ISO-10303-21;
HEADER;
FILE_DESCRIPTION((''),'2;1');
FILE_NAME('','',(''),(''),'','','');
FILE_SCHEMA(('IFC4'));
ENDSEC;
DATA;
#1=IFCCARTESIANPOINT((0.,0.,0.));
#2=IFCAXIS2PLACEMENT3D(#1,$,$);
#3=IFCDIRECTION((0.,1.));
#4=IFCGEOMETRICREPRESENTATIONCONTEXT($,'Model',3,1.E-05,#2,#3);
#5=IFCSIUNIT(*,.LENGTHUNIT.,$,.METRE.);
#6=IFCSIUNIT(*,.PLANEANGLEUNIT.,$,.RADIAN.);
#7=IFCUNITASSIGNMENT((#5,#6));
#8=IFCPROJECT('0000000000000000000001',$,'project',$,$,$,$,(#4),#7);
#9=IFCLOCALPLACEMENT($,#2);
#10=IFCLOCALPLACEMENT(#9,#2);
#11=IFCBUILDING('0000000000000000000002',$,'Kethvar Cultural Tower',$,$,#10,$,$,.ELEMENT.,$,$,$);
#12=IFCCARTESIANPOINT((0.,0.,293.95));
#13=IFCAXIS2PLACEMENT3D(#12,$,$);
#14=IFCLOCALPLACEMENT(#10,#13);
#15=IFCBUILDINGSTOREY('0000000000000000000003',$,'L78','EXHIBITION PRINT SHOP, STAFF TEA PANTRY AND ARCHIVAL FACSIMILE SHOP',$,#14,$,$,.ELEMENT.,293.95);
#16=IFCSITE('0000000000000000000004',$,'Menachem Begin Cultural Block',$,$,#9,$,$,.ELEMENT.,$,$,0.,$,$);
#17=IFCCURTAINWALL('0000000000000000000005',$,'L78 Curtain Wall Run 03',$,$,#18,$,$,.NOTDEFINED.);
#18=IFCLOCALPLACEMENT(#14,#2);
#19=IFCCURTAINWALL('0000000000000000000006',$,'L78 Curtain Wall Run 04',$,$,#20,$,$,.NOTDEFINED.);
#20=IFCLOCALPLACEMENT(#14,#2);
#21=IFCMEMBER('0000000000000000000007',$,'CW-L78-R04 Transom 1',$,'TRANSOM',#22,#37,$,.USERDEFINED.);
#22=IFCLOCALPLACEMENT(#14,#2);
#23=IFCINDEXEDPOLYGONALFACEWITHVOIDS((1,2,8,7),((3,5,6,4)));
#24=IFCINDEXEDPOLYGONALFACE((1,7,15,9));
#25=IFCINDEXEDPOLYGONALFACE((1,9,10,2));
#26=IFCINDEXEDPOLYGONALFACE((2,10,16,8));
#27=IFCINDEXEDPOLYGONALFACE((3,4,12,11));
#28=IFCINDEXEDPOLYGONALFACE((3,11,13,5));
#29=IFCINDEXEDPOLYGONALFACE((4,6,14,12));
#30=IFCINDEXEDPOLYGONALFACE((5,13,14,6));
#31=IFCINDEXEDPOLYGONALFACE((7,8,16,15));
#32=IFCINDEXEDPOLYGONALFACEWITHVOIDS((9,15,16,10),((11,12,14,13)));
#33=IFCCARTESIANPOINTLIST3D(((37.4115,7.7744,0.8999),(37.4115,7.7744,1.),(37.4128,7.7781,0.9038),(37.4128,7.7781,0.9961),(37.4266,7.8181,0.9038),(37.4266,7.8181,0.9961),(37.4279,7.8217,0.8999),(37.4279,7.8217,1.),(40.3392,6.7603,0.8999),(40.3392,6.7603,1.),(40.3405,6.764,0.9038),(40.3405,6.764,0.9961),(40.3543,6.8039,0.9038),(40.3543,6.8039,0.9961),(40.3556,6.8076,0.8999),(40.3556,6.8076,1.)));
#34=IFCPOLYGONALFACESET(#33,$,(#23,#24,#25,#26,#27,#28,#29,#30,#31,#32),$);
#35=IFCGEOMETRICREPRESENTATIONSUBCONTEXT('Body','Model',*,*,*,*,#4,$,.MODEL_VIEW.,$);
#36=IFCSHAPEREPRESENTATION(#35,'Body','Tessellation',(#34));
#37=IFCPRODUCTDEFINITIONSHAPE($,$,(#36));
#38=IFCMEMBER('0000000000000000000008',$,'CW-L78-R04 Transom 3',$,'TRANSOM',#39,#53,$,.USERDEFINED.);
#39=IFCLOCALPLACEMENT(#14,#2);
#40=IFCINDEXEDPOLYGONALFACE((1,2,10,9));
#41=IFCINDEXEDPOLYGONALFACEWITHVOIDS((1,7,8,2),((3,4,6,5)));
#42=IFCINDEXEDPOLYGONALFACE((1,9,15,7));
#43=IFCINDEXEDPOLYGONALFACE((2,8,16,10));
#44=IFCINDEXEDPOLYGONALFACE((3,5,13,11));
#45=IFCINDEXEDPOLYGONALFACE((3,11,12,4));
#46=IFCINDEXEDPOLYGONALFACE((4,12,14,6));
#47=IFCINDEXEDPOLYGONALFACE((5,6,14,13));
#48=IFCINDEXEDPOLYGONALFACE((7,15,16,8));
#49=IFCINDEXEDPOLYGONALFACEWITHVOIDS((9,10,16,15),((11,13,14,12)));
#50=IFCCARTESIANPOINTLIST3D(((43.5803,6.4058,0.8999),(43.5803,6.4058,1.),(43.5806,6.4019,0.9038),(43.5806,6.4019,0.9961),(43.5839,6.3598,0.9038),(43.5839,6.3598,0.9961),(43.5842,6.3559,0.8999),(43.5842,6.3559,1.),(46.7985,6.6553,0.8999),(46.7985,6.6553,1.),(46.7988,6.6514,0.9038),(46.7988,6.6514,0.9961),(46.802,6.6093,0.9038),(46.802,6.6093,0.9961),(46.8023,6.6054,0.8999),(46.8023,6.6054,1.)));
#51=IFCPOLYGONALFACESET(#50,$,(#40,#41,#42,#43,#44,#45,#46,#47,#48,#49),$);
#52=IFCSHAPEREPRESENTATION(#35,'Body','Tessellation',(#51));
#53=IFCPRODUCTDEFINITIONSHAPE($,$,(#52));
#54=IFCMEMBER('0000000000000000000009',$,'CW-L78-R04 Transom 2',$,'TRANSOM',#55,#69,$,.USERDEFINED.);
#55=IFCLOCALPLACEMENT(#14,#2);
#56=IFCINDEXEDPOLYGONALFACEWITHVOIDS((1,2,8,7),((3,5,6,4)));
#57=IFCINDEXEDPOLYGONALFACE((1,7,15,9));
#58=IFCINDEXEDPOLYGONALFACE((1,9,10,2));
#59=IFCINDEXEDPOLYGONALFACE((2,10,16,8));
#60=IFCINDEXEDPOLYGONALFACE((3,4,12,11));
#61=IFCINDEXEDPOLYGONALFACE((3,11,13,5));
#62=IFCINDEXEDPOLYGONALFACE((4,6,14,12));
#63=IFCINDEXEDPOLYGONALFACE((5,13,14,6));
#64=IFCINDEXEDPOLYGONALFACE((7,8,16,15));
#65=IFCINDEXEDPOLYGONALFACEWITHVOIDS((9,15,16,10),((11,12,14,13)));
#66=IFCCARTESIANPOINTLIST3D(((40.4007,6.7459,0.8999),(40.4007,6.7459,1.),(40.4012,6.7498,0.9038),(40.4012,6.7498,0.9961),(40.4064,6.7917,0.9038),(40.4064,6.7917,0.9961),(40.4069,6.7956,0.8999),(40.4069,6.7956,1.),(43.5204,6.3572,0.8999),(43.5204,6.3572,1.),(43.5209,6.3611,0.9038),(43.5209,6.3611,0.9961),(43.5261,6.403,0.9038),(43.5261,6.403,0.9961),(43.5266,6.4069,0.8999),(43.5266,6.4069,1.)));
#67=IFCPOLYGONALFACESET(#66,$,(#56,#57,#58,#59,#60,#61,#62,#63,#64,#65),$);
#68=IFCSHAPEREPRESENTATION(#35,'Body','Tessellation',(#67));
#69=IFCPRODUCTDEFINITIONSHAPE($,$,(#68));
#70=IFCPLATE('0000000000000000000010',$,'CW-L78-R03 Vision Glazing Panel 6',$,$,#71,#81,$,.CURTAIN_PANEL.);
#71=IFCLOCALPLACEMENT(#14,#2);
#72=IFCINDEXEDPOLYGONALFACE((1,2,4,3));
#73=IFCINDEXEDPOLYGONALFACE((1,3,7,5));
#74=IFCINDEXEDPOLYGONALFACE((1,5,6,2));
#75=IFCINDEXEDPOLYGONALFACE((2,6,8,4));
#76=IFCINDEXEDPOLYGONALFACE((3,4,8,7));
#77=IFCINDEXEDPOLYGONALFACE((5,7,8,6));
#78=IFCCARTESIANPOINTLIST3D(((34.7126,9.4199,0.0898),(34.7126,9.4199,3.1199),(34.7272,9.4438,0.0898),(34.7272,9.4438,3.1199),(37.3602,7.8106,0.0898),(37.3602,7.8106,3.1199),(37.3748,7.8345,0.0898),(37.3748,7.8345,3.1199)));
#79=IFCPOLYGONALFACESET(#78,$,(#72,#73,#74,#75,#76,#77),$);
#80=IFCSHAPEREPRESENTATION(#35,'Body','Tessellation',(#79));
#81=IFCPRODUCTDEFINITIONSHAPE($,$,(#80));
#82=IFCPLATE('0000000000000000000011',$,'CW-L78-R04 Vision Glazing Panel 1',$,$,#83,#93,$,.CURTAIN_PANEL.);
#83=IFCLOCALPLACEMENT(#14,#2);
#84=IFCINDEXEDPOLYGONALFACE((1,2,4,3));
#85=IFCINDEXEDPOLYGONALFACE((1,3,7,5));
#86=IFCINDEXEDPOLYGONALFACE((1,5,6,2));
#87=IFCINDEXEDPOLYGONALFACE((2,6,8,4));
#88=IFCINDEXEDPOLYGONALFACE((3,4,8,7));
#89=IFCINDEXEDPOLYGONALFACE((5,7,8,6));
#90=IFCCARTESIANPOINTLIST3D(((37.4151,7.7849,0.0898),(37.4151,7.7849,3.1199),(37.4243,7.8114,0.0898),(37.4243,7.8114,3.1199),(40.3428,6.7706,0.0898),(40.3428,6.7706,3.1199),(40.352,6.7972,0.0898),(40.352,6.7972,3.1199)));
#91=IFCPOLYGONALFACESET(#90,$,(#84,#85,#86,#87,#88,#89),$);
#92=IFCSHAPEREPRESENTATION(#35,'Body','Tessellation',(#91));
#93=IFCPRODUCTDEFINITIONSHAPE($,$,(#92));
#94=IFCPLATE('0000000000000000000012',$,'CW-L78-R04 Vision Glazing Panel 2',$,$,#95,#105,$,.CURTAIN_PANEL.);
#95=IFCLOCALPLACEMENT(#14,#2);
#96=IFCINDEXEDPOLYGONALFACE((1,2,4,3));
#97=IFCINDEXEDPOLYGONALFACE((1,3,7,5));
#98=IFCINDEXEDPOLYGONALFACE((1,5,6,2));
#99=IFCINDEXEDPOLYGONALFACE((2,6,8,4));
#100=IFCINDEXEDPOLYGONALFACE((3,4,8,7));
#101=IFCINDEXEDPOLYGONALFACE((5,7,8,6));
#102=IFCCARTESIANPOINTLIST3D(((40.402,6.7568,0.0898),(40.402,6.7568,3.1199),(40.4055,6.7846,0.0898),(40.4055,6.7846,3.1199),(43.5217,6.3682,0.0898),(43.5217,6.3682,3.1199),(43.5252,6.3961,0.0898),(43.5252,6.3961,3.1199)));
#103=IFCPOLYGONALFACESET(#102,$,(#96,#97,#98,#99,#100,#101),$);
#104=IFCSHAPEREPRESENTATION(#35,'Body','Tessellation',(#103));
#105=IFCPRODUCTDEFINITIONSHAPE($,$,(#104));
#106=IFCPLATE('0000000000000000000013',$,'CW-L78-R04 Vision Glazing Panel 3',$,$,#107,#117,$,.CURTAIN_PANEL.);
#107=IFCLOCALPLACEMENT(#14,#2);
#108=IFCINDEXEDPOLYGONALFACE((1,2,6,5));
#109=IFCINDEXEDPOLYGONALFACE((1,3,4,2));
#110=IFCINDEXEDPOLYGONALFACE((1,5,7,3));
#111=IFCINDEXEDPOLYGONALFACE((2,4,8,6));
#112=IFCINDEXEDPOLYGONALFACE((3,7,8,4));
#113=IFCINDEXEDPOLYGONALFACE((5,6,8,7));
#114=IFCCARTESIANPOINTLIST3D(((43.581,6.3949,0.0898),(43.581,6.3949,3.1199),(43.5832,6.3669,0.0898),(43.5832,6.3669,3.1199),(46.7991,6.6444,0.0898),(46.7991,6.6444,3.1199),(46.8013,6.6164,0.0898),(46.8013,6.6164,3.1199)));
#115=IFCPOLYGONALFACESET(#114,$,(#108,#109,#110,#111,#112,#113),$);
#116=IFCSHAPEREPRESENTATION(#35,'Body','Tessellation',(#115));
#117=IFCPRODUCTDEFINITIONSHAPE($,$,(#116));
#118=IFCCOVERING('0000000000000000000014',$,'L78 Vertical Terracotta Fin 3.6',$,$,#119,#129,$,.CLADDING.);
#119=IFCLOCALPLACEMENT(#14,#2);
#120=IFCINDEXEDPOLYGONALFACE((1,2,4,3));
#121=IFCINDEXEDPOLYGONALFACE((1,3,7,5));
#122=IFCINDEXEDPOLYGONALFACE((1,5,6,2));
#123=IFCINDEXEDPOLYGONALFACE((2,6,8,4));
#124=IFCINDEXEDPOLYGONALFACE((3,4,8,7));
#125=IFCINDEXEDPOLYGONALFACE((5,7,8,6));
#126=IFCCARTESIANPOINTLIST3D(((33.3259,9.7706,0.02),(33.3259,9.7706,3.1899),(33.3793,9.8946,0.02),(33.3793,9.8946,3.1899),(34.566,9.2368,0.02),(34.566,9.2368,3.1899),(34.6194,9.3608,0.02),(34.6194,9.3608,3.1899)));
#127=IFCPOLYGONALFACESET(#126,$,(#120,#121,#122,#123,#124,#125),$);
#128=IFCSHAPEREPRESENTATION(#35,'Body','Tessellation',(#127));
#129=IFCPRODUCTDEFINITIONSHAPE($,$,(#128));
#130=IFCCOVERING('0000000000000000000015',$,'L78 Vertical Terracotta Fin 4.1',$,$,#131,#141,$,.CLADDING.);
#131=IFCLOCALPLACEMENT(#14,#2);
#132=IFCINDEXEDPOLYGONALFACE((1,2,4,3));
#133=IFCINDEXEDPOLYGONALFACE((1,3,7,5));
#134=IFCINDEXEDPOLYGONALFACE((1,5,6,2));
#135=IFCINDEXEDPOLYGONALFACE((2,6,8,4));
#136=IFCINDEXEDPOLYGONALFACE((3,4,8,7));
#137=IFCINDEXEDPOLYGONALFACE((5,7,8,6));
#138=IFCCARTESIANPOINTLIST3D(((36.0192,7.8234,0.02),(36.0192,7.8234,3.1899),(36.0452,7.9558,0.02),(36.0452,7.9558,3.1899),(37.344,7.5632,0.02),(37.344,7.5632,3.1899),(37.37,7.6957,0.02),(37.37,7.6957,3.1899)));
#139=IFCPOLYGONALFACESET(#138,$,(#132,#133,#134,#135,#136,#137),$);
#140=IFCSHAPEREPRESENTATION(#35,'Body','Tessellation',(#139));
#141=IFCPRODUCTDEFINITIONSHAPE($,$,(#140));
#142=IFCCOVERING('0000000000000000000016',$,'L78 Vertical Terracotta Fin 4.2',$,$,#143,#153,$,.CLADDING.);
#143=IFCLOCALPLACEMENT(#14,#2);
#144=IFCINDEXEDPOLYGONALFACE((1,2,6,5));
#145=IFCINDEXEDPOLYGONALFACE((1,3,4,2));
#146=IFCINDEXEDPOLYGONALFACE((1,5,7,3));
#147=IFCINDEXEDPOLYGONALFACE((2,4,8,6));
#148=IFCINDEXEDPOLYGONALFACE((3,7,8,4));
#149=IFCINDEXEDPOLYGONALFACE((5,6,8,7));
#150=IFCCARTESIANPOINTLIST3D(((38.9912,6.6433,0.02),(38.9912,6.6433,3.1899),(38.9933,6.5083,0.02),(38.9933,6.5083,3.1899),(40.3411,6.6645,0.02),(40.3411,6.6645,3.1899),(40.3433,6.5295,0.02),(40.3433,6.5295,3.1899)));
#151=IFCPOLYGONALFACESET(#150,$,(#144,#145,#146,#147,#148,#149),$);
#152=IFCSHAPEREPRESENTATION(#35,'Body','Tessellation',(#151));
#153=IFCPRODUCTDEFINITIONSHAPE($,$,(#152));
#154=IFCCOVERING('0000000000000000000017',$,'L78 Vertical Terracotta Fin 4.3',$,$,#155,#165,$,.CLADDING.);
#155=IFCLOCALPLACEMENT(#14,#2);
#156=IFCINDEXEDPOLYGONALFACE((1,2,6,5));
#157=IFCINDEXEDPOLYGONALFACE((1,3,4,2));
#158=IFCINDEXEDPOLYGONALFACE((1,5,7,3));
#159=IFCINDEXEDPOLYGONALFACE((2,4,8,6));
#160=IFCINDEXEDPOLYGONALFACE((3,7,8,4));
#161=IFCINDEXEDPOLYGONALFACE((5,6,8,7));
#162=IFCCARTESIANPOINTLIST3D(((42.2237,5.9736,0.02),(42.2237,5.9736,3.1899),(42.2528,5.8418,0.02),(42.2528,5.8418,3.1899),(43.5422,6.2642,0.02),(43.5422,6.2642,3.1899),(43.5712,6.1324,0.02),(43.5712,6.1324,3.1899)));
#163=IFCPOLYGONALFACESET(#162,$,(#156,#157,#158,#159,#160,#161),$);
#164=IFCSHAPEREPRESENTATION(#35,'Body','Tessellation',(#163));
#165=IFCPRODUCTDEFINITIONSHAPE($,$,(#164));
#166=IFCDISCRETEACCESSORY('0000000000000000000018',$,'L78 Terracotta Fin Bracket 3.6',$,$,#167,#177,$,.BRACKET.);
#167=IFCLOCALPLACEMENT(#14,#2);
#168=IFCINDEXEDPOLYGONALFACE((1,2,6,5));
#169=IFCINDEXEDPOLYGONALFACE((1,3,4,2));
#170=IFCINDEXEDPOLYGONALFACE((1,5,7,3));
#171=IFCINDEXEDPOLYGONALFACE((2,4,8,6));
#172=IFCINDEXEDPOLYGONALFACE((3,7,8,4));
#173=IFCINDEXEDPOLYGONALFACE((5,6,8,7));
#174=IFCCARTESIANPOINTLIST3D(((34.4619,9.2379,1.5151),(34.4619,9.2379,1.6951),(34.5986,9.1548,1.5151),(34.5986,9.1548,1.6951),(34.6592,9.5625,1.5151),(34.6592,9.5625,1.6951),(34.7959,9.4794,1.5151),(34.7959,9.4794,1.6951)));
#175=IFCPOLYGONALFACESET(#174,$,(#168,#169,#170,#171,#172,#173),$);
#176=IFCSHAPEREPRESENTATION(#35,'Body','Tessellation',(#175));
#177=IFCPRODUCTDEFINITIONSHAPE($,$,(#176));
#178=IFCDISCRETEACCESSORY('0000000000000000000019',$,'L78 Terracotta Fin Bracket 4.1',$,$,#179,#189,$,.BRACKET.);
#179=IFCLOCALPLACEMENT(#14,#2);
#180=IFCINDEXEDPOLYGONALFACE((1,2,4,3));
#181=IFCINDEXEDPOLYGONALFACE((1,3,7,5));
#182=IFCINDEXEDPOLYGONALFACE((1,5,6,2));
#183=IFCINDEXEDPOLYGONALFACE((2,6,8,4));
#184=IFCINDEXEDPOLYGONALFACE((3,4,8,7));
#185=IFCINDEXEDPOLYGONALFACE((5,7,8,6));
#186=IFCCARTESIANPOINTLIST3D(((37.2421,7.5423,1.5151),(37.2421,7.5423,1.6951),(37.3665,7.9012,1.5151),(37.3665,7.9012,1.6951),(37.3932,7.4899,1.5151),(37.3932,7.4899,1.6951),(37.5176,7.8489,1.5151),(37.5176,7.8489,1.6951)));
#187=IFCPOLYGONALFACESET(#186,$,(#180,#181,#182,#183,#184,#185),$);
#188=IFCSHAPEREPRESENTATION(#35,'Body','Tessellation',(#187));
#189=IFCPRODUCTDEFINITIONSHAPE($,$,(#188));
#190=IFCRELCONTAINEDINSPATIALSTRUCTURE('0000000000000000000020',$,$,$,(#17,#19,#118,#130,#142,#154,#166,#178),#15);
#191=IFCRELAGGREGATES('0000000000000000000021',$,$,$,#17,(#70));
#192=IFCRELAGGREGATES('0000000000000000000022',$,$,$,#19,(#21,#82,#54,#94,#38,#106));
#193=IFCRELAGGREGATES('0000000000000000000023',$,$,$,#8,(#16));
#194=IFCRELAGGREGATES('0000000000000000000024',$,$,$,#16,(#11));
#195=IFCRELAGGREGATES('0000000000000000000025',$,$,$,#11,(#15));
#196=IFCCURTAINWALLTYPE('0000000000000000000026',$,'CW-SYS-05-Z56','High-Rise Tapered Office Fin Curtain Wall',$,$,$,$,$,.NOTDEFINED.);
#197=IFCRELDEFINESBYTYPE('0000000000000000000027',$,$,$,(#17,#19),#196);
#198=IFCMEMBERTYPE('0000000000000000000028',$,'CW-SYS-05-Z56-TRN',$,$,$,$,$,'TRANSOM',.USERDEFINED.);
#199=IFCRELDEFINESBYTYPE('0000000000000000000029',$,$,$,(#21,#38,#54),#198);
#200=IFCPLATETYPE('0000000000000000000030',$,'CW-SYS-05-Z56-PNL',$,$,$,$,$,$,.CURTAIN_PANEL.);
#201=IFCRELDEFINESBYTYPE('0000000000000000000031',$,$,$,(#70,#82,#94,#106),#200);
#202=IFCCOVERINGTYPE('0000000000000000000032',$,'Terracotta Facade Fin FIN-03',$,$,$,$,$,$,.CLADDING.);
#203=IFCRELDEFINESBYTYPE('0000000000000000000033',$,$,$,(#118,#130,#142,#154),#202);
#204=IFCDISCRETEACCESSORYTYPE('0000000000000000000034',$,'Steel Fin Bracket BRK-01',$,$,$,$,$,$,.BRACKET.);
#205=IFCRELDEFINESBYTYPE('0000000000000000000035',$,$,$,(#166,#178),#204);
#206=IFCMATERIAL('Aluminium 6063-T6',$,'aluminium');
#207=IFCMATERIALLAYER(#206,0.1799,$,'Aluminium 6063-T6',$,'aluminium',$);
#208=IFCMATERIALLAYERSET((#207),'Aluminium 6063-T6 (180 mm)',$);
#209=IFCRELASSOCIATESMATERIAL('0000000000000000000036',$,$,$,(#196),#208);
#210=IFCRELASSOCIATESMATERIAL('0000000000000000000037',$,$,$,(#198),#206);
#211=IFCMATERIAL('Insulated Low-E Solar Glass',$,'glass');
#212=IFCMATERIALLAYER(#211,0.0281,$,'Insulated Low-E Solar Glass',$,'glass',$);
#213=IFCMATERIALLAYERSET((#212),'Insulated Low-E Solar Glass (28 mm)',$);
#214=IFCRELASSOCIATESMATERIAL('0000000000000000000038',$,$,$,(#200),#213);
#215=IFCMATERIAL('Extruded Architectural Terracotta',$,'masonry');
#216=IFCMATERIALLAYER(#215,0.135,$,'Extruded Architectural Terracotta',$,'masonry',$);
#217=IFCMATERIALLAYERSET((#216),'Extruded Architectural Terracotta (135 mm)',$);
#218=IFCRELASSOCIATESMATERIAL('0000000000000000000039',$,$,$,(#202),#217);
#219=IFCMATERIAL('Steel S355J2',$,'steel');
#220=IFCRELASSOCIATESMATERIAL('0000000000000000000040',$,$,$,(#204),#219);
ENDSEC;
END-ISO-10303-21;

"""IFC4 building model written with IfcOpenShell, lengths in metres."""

from ifc_helpers import new_model, si_unit, direction, frame, origin, origin_2d, place, context, subcontext, project, spatial, rectangle, hollow_rectangle, extrude, source, transform, mapped, material, layer, layer_set, material_profile, profile_set, type_object, element, aggregate, save


model = new_model("IFC4")

# Units and contexts
model_context = context("Model", 3, precision=1e-05, world=origin(), true_north=direction((0.0, 1.0)))
body_context = subcontext(model_context, "Body", "Model", "MODEL_VIEW")
ifc_project = project(units=[si_unit("LENGTHUNIT", "METRE"), si_unit("PLANEANGLEUNIT", "RADIAN")], contexts=[model_context])

# Site, building, storey
site_placement = place(None, origin())
site = spatial("IfcSite", under=ifc_project, at=site_placement, Name="Menachem Begin Cultural Block", CompositionType="ELEMENT", RefElevation=0.0)
building_placement = place(site_placement, origin())
building = spatial("IfcBuilding", under=site, at=building_placement, Name="Kethvar Cultural Tower", CompositionType="ELEMENT")
storey_placement = place(building_placement, frame((0.0, 0.0, 293.95)))
storey = spatial("IfcBuildingStorey", under=building, at=storey_placement, Name="L78", Description="EXHIBITION PRINT SHOP, STAFF TEA PANTRY AND ARCHIVAL FACSIMILE SHOP", CompositionType="ELEMENT", Elevation=293.95)

# Shared definitions
ifc_material_1 = material(Name="Steel S355J2", Category="steel")

# Curtain walls
ifc_material_2 = material(Name="Aluminium 6063-T6", Category="aluminium")
ifc_layer_1 = layer(ifc_material_2, 0.1799, Name="Aluminium 6063-T6", Category="aluminium")
ifc_layer_set_1 = layer_set([ifc_layer_1], Name="Aluminium 6063-T6 (180 mm)")
curtain_wall_type = type_object("IfcCurtainWallType", Name="CW-SYS-05-Z56", Description="High-Rise Tapered Office Fin Curtain Wall", PredefinedType="NOTDEFINED", material=ifc_layer_set_1)
curtain_wall_1_placement = place(storey_placement, origin())
curtain_wall_1 = element("IfcCurtainWall", 1, at=curtain_wall_1_placement, inside=storey, type_object=curtain_wall_type, Name="L78 Curtain Wall Run 03", PredefinedType="NOTDEFINED")
curtain_wall_2_placement = place(storey_placement, origin())
curtain_wall_2 = element("IfcCurtainWall", 2, at=curtain_wall_2_placement, inside=storey, type_object=curtain_wall_type, Name="L78 Curtain Wall Run 04", PredefinedType="NOTDEFINED")

# Members
ifc_material_profile_1 = material_profile(ifc_material_2, hollow_rectangle(XDim=0.05, YDim=0.1001, WallThickness=0.0039, at=origin_2d()), Name="Aluminium 6063-T6 — RHS100x50x4")
ifc_profile_set_1 = profile_set([ifc_material_profile_1], Name="Aluminium 6063-T6 — RHS100x50x4")
member_type_1 = type_object("IfcMemberType", Name="CW-SYS-05-Z56-TRN", ElementType="TRANSOM", PredefinedType="USERDEFINED", material=ifc_profile_set_1)
shared_shape_1 = source(origin(), body_context, "Body", "SweptSolid", [
    extrude(hollow_rectangle(XDim=0.05, YDim=0.1001, WallThickness=0.0039, at=origin_2d()), origin(), (0.0, 0.0, 1.0), 3.0984),
])
member_1_placement = place(storey_placement, frame((37.4197, 7.7981, 0.95), z_axis=(0.944915, -0.327316, 0.0), x_axis=(0.327316, 0.944915, 0.0)))
member_1 = element("IfcMember", 3, at=member_1_placement, type_object=member_type_1, Name="CW-L78-R04 Transom 1", ObjectType="TRANSOM", PredefinedType="USERDEFINED", context=body_context, shape_type="MappedRepresentation", body=[
    mapped(shared_shape_1, transform((0.0, 0.0, 0.0), scale=1.0)),
])
shared_shape_2 = source(origin(), body_context, "Body", "SweptSolid", [
    extrude(hollow_rectangle(XDim=0.05, YDim=0.1001, WallThickness=0.0039, at=origin_2d()), origin(), (0.0, 0.0, 1.0), 3.2278),
])
member_2_placement = place(storey_placement, frame((43.5823, 6.3809, 0.95), z_axis=(0.997008, 0.077304, 0.0), x_axis=(-0.077304, 0.997008, 0.0)))
member_2 = element("IfcMember", 4, at=member_2_placement, type_object=member_type_1, Name="CW-L78-R04 Transom 3", ObjectType="TRANSOM", PredefinedType="USERDEFINED", context=body_context, shape_type="MappedRepresentation", body=[
    mapped(shared_shape_2, transform((0.0, 0.0, 0.0), scale=1.0)),
])
shared_shape_3 = source(origin(), body_context, "Body", "SweptSolid", [
    extrude(hollow_rectangle(XDim=0.05, YDim=0.1001, WallThickness=0.0039, at=origin_2d()), origin(), (0.0, 0.0, 1.0), 3.1438),
])
member_3_placement = place(storey_placement, frame((40.4038, 6.7708, 0.95), z_axis=(0.992328, -0.123633, 0.0), x_axis=(0.123633, 0.992328, 0.0)))
member_3 = element("IfcMember", 5, at=member_3_placement, type_object=member_type_1, Name="CW-L78-R04 Transom 2", ObjectType="TRANSOM", PredefinedType="USERDEFINED", context=body_context, shape_type="MappedRepresentation", body=[
    mapped(shared_shape_3, transform((0.0, 0.0, 0.0), scale=1.0)),
])

# Plates
ifc_material_3 = material(Name="Insulated Low-E Solar Glass", Category="glass")
ifc_layer_2 = layer(ifc_material_3, 0.0281, Name="Insulated Low-E Solar Glass", Category="glass")
ifc_layer_set_2 = layer_set([ifc_layer_2], Name="Insulated Low-E Solar Glass (28 mm)")
plate_type = type_object("IfcPlateType", Name="CW-SYS-05-Z56-PNL", PredefinedType="CURTAIN_PANEL", material=ifc_layer_set_2)
shared_shape_4 = source(origin(), body_context, "Body", "SweptSolid", [
    extrude(rectangle(XDim=3.0984, YDim=0.0281, at=origin_2d()), origin(), (0.0, 0.0, 1.0), 3.03),
])
plate_1_placement = place(storey_placement, frame((36.0437, 8.6272, 0.0898), z_axis=(0.0, 0.0, 1.0), x_axis=(0.854531, -0.5194, 0.0)))
plate_1 = element("IfcPlate", 6, at=plate_1_placement, type_object=plate_type, Name="CW-L78-R03 Vision Glazing Panel 6", PredefinedType="CURTAIN_PANEL", context=body_context, shape_type="MappedRepresentation", body=[
    mapped(shared_shape_4, transform((0.0, 0.0, 0.0), scale=1.0)),
])
aggregate(curtain_wall_1, [plate_1])
plate_2_placement = place(storey_placement, frame((38.8835, 7.291, 0.0898), z_axis=(0.0, 0.0, 1.0), x_axis=(0.944903, -0.32735, 0.0)))
plate_2 = element("IfcPlate", 7, at=plate_2_placement, type_object=plate_type, Name="CW-L78-R04 Vision Glazing Panel 1", PredefinedType="CURTAIN_PANEL", context=body_context, shape_type="MappedRepresentation", body=[
    mapped(shared_shape_4, transform((0.0, 0.0, 0.0), scale=1.0)),
])
shared_shape_5 = source(origin(), body_context, "Body", "SweptSolid", [
    extrude(rectangle(XDim=3.1438, YDim=0.0281, at=origin_2d()), origin(), (0.0, 0.0, 1.0), 3.03),
])
plate_3_placement = place(storey_placement, frame((41.9636, 6.5764, 0.0898), z_axis=(0.0, 0.0, 1.0), x_axis=(0.992332, -0.123601, 0.0)))
plate_3 = element("IfcPlate", 8, at=plate_3_placement, type_object=plate_type, Name="CW-L78-R04 Vision Glazing Panel 2", PredefinedType="CURTAIN_PANEL", context=body_context, shape_type="MappedRepresentation", body=[
    mapped(shared_shape_5, transform((0.0, 0.0, 0.0), scale=1.0)),
])
shared_shape_6 = source(origin(), body_context, "Body", "SweptSolid", [
    extrude(rectangle(XDim=3.2278, YDim=0.0281, at=origin_2d()), origin(), (0.0, 0.0, 1.0), 3.03),
])
plate_4_placement = place(storey_placement, frame((45.1912, 6.5056, 0.0898), z_axis=(0.0, 0.0, 1.0), x_axis=(0.997008, 0.077293, 0.0)))
plate_4 = element("IfcPlate", 9, at=plate_4_placement, type_object=plate_type, Name="CW-L78-R04 Vision Glazing Panel 3", PredefinedType="CURTAIN_PANEL", context=body_context, shape_type="MappedRepresentation", body=[
    mapped(shared_shape_6, transform((0.0, 0.0, 0.0), scale=1.0)),
])
aggregate(curtain_wall_2, [member_1, plate_2, member_3, plate_3, member_2, plate_4])

# Coverings
ifc_material_4 = material(Name="Extruded Architectural Terracotta", Category="masonry")
ifc_layer_3 = layer(ifc_material_4, 0.135, Name="Extruded Architectural Terracotta", Category="masonry")
ifc_layer_set_3 = layer_set([ifc_layer_3], Name="Extruded Architectural Terracotta (135 mm)")
covering_type = type_object("IfcCoveringType", Name="Terracotta Facade Fin FIN-03", PredefinedType="CLADDING", material=ifc_layer_set_3)
shared_shape_7 = source(origin(), body_context, "Body", "SweptSolid", [
    extrude(rectangle(XDim=1.3501, YDim=0.135, at=origin_2d()), origin(), (0.0, 0.0, 1.0), 3.1699),
])
for number, where, z_axis, x_axis, name in (
    (10, (33.9727, 9.5657, 0.02), (0.0, 0.0, 1.0), (-0.918515, 0.395385, 0.0), "L78 Vertical Terracotta Fin 3.6"),
    (11, (36.6946, 7.7595, 0.02), (0.0, 0.0, 1.0), (-0.981259, 0.192693, 0.0), "L78 Vertical Terracotta Fin 4.1"),
    (12, (39.6672, 6.5864, 0.02), (0.0, 0.0, 1.0), (-0.999877, -0.015707, 0.0), "L78 Vertical Terracotta Fin 4.2"),
    (13, (42.8975, 6.053, 0.02), (0.0, 0.0, 1.0), (-0.97656, -0.215247, 0.0), "L78 Vertical Terracotta Fin 4.3"),
):
    element("IfcCovering", number, at=place(storey_placement, frame(where, z_axis=z_axis, x_axis=x_axis)), inside=storey, type_object=covering_type, Name=name, PredefinedType="CLADDING", context=body_context, shape_type="MappedRepresentation", body=[
        mapped(shared_shape_7, transform((0.0, 0.0, 0.0), scale=1.0)),
    ])

# Discrete accessories
discrete_accessory_type = type_object("IfcDiscreteAccessoryType", Name="Steel Fin Bracket BRK-01", PredefinedType="BRACKET", material=ifc_material_1)
shared_shape_8 = source(origin(), body_context, "Body", "SweptSolid", [
    extrude(rectangle(XDim=0.3799, YDim=0.1599, at=origin_2d()), origin(), (0.0, 0.0, 1.0), 0.1799),
])
for number, where, z_axis, x_axis, name in (
    (14, (34.6289, 9.3586, 1.5151), (0.0, 0.0, 1.0), (-0.51937, -0.854549, 0.0), "L78 Terracotta Fin Bracket 3.6"),
    (15, (37.3799, 7.6956, 1.5151), (0.0, 0.0, 1.0), (-0.327383, -0.944892, 0.0), "L78 Terracotta Fin Bracket 4.1"),
):
    element("IfcDiscreteAccessory", number, at=place(storey_placement, frame(where, z_axis=z_axis, x_axis=x_axis)), inside=storey, type_object=discrete_accessory_type, Name=name, PredefinedType="BRACKET", context=body_context, shape_type="MappedRepresentation", body=[
        mapped(shared_shape_8, transform((0.0, 0.0, 0.0), scale=1.0)),
    ])

save(model, "model.ifc")
